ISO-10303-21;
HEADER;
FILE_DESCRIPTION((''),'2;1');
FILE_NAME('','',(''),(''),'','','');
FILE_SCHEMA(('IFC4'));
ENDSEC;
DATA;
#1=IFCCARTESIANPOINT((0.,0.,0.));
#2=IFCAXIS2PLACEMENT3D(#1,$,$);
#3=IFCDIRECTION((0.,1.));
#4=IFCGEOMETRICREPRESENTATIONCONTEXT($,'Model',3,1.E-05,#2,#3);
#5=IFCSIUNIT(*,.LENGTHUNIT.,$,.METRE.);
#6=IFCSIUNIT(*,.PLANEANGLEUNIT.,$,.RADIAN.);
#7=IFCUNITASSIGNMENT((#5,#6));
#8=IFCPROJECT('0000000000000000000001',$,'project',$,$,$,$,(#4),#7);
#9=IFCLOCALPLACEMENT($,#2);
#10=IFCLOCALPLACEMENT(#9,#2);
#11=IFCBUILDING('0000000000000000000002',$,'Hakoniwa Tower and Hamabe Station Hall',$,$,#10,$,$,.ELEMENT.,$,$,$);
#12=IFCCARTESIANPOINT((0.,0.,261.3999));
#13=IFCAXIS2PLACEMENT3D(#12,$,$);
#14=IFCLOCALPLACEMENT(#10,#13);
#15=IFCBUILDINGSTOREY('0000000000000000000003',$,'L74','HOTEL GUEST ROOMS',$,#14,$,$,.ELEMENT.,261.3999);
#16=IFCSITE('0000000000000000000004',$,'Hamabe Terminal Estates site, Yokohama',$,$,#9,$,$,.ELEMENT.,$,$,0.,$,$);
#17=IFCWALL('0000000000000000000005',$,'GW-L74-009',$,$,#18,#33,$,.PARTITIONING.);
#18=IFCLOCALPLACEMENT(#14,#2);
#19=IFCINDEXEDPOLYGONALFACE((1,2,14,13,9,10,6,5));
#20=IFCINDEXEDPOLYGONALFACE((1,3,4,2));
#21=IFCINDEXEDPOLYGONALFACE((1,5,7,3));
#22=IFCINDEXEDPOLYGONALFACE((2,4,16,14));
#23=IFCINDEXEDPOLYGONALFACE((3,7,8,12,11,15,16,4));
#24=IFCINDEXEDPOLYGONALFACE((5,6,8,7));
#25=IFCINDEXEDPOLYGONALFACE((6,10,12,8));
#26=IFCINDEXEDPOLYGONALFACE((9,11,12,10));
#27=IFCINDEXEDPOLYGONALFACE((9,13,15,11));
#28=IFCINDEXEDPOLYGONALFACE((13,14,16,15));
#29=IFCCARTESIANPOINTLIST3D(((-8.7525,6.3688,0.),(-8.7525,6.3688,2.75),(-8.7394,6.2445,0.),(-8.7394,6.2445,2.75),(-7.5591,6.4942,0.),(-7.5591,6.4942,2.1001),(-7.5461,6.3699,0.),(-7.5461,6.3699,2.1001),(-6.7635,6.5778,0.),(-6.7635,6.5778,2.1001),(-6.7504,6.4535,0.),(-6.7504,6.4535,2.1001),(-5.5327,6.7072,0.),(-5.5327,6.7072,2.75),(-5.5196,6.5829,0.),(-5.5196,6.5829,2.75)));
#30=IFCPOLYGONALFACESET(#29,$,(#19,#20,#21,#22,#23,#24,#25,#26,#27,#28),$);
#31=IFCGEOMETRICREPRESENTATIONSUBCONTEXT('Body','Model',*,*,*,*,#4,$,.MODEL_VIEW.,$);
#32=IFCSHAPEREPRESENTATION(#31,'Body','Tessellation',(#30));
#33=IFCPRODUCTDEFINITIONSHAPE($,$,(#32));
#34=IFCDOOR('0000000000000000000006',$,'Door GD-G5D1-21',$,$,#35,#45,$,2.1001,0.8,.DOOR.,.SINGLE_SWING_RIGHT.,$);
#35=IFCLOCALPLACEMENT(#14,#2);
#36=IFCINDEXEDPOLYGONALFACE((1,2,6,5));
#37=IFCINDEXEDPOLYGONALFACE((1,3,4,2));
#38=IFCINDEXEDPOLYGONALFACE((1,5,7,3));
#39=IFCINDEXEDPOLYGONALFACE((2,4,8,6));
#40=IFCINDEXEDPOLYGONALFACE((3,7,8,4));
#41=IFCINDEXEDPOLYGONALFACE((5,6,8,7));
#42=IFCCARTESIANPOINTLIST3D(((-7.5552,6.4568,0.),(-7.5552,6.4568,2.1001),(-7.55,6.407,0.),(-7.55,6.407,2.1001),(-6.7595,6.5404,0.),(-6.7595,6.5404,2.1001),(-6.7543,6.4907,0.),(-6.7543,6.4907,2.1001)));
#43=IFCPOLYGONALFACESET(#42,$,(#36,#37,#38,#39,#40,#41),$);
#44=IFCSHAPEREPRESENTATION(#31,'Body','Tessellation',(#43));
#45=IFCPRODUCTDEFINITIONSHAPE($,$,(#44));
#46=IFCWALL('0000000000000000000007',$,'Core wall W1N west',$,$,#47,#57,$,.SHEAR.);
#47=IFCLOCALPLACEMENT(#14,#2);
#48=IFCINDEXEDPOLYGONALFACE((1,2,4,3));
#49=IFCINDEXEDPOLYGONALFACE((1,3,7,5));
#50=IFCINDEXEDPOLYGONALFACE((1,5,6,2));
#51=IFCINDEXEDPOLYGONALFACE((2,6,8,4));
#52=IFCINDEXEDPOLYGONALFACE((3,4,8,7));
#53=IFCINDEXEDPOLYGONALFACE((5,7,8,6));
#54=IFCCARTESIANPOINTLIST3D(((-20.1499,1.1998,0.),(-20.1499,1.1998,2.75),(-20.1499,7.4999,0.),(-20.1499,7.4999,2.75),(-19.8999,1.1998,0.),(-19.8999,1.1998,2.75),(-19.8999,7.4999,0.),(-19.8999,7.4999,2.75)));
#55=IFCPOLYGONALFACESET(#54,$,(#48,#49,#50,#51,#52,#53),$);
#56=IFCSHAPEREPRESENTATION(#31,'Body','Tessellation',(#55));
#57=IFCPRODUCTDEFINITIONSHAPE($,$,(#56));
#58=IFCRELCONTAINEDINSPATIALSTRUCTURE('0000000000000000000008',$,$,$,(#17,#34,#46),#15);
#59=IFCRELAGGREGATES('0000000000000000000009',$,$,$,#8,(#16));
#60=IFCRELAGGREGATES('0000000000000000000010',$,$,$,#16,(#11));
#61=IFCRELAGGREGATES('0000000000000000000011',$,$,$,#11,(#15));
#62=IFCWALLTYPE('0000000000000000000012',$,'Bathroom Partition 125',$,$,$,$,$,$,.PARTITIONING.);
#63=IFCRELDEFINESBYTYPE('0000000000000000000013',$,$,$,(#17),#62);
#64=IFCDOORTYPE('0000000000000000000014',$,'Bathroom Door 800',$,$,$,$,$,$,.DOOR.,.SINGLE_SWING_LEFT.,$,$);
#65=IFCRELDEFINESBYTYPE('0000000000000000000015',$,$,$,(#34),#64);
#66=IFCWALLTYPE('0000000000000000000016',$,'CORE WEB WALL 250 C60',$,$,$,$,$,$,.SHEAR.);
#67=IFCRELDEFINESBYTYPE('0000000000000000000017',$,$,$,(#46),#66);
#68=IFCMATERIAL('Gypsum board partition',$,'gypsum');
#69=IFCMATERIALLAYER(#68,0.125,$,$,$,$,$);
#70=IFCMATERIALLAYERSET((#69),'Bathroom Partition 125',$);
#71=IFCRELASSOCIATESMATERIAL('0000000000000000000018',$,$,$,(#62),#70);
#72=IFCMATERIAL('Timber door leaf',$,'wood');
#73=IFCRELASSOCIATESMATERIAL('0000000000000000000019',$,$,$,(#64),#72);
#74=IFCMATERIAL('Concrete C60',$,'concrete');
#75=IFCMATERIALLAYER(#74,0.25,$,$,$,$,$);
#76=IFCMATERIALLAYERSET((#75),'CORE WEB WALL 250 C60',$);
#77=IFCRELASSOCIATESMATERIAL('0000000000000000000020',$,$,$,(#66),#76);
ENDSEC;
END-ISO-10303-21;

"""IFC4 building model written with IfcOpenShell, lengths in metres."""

from ifc_helpers import new_model, si_unit, direction, frame, frame_2d, origin, place, context, subcontext, project, spatial, rectangle, extrude, material, layer, layer_set, type_object, element, fill, save


model = new_model("IFC4")

# Units and contexts
model_context = context("Model", 3, precision=1e-05, world=origin(), true_north=direction((0.0, 1.0)))
body_context = subcontext(model_context, "Body", "Model", "MODEL_VIEW")
ifc_project = project(units=[si_unit("LENGTHUNIT", "METRE"), si_unit("PLANEANGLEUNIT", "RADIAN")], contexts=[model_context])

# Site, building, storey
site_placement = place(None, origin())
site = spatial("IfcSite", under=ifc_project, at=site_placement, Name="Hamabe Terminal Estates site, Yokohama", CompositionType="ELEMENT", RefElevation=0.0)
building_placement = place(site_placement, origin())
building = spatial("IfcBuilding", under=site, at=building_placement, Name="Hakoniwa Tower and Hamabe Station Hall", CompositionType="ELEMENT")
storey_placement = place(building_placement, frame((0.0, 0.0, 261.3999)))
storey = spatial("IfcBuildingStorey", under=building, at=storey_placement, Name="L74", Description="HOTEL GUEST ROOMS", CompositionType="ELEMENT", Elevation=261.3999)

# Wall, opening, door
ifc_material_1 = material(Name="Gypsum board partition", Category="gypsum")
ifc_layer_1 = layer(ifc_material_1, 0.125)
ifc_layer_set_1 = layer_set([ifc_layer_1], Name="Bathroom Partition 125")
wall_type_1 = type_object("IfcWallType", Name="Bathroom Partition 125", PredefinedType="PARTITIONING", material=ifc_layer_set_1)
wall_1_placement = place(storey_placement, frame((-8.7458, 6.3066, 0.0), z_axis=(0.0, 0.0, 1.0), x_axis=(0.994523, 0.10452, 0.0)))
wall_1 = element("IfcWall", 1, at=wall_1_placement, inside=storey, type_object=wall_type_1, Name="GW-L74-009", PredefinedType="PARTITIONING", context=body_context, shape_type="SweptSolid", body=[
    extrude(rectangle(XDim=3.2375, YDim=0.125, at=frame_2d((1.6187, 0.0))), origin(), (0.0, 0.0, 1.0), 2.75),
])
opening_1_placement = place(wall_1_placement, frame((1.2, 0.0, 0.0)))
opening_1 = element("IfcOpeningElement", 2, at=opening_1_placement, cuts=wall_1, PredefinedType="OPENING", context=body_context, shape_type="SweptSolid", body=[
    extrude(rectangle(XDim=0.8, YDim=2.1001, at=frame_2d((0.3999, 1.05))), frame((0.0, 0.0725, 0.0), z_axis=(0.0, -1.0, 0.0), x_axis=(1.0, 0.0, 0.0)), (0.0, 0.0, 1.0), 0.145),
])
ifc_material_2 = material(Name="Timber door leaf", Category="wood")
door_type_1 = type_object("IfcDoorType", Name="Bathroom Door 800", OperationType="SINGLE_SWING_LEFT", PredefinedType="DOOR", material=ifc_material_2)
door_1_placement = place(opening_1_placement, origin())
door_1 = element("IfcDoor", 3, at=door_1_placement, inside=storey, type_object=door_type_1, Name="Door GD-G5D1-21", OperationType="SINGLE_SWING_RIGHT", OverallHeight=2.1001, OverallWidth=0.8, PredefinedType="DOOR", context=body_context, shape_type="SweptSolid", body=[
    extrude(rectangle(XDim=0.8, YDim=2.1001, at=frame_2d((0.3999, 1.05))), frame((0.0, 0.0249, 0.0), z_axis=(0.0, -1.0, 0.0), x_axis=(1.0, 0.0, 0.0)), (0.0, 0.0, 1.0), 0.05),
])
fill(opening_1, door_1)

# Wall
ifc_material_3 = material(Name="Concrete C60", Category="concrete")
ifc_layer_2 = layer(ifc_material_3, 0.25)
ifc_layer_set_2 = layer_set([ifc_layer_2], Name="CORE WEB WALL 250 C60")
wall_type_2 = type_object("IfcWallType", Name="CORE WEB WALL 250 C60", PredefinedType="SHEAR", material=ifc_layer_set_2)
wall_2_placement = place(storey_placement, frame((-20.0249, 1.2, 0.0), z_axis=(0.0, 0.0, 1.0), x_axis=(0.0, 1.0, 0.0)))
element("IfcWall", 4, at=wall_2_placement, inside=storey, type_object=wall_type_2, Name="Core wall W1N west", PredefinedType="SHEAR", context=body_context, shape_type="SweptSolid", body=[
    extrude(rectangle(XDim=6.3, YDim=0.25, at=frame_2d((3.1499, 0.0))), origin(), (0.0, 0.0, 1.0), 2.75),
])

save(model, "model.ifc")
